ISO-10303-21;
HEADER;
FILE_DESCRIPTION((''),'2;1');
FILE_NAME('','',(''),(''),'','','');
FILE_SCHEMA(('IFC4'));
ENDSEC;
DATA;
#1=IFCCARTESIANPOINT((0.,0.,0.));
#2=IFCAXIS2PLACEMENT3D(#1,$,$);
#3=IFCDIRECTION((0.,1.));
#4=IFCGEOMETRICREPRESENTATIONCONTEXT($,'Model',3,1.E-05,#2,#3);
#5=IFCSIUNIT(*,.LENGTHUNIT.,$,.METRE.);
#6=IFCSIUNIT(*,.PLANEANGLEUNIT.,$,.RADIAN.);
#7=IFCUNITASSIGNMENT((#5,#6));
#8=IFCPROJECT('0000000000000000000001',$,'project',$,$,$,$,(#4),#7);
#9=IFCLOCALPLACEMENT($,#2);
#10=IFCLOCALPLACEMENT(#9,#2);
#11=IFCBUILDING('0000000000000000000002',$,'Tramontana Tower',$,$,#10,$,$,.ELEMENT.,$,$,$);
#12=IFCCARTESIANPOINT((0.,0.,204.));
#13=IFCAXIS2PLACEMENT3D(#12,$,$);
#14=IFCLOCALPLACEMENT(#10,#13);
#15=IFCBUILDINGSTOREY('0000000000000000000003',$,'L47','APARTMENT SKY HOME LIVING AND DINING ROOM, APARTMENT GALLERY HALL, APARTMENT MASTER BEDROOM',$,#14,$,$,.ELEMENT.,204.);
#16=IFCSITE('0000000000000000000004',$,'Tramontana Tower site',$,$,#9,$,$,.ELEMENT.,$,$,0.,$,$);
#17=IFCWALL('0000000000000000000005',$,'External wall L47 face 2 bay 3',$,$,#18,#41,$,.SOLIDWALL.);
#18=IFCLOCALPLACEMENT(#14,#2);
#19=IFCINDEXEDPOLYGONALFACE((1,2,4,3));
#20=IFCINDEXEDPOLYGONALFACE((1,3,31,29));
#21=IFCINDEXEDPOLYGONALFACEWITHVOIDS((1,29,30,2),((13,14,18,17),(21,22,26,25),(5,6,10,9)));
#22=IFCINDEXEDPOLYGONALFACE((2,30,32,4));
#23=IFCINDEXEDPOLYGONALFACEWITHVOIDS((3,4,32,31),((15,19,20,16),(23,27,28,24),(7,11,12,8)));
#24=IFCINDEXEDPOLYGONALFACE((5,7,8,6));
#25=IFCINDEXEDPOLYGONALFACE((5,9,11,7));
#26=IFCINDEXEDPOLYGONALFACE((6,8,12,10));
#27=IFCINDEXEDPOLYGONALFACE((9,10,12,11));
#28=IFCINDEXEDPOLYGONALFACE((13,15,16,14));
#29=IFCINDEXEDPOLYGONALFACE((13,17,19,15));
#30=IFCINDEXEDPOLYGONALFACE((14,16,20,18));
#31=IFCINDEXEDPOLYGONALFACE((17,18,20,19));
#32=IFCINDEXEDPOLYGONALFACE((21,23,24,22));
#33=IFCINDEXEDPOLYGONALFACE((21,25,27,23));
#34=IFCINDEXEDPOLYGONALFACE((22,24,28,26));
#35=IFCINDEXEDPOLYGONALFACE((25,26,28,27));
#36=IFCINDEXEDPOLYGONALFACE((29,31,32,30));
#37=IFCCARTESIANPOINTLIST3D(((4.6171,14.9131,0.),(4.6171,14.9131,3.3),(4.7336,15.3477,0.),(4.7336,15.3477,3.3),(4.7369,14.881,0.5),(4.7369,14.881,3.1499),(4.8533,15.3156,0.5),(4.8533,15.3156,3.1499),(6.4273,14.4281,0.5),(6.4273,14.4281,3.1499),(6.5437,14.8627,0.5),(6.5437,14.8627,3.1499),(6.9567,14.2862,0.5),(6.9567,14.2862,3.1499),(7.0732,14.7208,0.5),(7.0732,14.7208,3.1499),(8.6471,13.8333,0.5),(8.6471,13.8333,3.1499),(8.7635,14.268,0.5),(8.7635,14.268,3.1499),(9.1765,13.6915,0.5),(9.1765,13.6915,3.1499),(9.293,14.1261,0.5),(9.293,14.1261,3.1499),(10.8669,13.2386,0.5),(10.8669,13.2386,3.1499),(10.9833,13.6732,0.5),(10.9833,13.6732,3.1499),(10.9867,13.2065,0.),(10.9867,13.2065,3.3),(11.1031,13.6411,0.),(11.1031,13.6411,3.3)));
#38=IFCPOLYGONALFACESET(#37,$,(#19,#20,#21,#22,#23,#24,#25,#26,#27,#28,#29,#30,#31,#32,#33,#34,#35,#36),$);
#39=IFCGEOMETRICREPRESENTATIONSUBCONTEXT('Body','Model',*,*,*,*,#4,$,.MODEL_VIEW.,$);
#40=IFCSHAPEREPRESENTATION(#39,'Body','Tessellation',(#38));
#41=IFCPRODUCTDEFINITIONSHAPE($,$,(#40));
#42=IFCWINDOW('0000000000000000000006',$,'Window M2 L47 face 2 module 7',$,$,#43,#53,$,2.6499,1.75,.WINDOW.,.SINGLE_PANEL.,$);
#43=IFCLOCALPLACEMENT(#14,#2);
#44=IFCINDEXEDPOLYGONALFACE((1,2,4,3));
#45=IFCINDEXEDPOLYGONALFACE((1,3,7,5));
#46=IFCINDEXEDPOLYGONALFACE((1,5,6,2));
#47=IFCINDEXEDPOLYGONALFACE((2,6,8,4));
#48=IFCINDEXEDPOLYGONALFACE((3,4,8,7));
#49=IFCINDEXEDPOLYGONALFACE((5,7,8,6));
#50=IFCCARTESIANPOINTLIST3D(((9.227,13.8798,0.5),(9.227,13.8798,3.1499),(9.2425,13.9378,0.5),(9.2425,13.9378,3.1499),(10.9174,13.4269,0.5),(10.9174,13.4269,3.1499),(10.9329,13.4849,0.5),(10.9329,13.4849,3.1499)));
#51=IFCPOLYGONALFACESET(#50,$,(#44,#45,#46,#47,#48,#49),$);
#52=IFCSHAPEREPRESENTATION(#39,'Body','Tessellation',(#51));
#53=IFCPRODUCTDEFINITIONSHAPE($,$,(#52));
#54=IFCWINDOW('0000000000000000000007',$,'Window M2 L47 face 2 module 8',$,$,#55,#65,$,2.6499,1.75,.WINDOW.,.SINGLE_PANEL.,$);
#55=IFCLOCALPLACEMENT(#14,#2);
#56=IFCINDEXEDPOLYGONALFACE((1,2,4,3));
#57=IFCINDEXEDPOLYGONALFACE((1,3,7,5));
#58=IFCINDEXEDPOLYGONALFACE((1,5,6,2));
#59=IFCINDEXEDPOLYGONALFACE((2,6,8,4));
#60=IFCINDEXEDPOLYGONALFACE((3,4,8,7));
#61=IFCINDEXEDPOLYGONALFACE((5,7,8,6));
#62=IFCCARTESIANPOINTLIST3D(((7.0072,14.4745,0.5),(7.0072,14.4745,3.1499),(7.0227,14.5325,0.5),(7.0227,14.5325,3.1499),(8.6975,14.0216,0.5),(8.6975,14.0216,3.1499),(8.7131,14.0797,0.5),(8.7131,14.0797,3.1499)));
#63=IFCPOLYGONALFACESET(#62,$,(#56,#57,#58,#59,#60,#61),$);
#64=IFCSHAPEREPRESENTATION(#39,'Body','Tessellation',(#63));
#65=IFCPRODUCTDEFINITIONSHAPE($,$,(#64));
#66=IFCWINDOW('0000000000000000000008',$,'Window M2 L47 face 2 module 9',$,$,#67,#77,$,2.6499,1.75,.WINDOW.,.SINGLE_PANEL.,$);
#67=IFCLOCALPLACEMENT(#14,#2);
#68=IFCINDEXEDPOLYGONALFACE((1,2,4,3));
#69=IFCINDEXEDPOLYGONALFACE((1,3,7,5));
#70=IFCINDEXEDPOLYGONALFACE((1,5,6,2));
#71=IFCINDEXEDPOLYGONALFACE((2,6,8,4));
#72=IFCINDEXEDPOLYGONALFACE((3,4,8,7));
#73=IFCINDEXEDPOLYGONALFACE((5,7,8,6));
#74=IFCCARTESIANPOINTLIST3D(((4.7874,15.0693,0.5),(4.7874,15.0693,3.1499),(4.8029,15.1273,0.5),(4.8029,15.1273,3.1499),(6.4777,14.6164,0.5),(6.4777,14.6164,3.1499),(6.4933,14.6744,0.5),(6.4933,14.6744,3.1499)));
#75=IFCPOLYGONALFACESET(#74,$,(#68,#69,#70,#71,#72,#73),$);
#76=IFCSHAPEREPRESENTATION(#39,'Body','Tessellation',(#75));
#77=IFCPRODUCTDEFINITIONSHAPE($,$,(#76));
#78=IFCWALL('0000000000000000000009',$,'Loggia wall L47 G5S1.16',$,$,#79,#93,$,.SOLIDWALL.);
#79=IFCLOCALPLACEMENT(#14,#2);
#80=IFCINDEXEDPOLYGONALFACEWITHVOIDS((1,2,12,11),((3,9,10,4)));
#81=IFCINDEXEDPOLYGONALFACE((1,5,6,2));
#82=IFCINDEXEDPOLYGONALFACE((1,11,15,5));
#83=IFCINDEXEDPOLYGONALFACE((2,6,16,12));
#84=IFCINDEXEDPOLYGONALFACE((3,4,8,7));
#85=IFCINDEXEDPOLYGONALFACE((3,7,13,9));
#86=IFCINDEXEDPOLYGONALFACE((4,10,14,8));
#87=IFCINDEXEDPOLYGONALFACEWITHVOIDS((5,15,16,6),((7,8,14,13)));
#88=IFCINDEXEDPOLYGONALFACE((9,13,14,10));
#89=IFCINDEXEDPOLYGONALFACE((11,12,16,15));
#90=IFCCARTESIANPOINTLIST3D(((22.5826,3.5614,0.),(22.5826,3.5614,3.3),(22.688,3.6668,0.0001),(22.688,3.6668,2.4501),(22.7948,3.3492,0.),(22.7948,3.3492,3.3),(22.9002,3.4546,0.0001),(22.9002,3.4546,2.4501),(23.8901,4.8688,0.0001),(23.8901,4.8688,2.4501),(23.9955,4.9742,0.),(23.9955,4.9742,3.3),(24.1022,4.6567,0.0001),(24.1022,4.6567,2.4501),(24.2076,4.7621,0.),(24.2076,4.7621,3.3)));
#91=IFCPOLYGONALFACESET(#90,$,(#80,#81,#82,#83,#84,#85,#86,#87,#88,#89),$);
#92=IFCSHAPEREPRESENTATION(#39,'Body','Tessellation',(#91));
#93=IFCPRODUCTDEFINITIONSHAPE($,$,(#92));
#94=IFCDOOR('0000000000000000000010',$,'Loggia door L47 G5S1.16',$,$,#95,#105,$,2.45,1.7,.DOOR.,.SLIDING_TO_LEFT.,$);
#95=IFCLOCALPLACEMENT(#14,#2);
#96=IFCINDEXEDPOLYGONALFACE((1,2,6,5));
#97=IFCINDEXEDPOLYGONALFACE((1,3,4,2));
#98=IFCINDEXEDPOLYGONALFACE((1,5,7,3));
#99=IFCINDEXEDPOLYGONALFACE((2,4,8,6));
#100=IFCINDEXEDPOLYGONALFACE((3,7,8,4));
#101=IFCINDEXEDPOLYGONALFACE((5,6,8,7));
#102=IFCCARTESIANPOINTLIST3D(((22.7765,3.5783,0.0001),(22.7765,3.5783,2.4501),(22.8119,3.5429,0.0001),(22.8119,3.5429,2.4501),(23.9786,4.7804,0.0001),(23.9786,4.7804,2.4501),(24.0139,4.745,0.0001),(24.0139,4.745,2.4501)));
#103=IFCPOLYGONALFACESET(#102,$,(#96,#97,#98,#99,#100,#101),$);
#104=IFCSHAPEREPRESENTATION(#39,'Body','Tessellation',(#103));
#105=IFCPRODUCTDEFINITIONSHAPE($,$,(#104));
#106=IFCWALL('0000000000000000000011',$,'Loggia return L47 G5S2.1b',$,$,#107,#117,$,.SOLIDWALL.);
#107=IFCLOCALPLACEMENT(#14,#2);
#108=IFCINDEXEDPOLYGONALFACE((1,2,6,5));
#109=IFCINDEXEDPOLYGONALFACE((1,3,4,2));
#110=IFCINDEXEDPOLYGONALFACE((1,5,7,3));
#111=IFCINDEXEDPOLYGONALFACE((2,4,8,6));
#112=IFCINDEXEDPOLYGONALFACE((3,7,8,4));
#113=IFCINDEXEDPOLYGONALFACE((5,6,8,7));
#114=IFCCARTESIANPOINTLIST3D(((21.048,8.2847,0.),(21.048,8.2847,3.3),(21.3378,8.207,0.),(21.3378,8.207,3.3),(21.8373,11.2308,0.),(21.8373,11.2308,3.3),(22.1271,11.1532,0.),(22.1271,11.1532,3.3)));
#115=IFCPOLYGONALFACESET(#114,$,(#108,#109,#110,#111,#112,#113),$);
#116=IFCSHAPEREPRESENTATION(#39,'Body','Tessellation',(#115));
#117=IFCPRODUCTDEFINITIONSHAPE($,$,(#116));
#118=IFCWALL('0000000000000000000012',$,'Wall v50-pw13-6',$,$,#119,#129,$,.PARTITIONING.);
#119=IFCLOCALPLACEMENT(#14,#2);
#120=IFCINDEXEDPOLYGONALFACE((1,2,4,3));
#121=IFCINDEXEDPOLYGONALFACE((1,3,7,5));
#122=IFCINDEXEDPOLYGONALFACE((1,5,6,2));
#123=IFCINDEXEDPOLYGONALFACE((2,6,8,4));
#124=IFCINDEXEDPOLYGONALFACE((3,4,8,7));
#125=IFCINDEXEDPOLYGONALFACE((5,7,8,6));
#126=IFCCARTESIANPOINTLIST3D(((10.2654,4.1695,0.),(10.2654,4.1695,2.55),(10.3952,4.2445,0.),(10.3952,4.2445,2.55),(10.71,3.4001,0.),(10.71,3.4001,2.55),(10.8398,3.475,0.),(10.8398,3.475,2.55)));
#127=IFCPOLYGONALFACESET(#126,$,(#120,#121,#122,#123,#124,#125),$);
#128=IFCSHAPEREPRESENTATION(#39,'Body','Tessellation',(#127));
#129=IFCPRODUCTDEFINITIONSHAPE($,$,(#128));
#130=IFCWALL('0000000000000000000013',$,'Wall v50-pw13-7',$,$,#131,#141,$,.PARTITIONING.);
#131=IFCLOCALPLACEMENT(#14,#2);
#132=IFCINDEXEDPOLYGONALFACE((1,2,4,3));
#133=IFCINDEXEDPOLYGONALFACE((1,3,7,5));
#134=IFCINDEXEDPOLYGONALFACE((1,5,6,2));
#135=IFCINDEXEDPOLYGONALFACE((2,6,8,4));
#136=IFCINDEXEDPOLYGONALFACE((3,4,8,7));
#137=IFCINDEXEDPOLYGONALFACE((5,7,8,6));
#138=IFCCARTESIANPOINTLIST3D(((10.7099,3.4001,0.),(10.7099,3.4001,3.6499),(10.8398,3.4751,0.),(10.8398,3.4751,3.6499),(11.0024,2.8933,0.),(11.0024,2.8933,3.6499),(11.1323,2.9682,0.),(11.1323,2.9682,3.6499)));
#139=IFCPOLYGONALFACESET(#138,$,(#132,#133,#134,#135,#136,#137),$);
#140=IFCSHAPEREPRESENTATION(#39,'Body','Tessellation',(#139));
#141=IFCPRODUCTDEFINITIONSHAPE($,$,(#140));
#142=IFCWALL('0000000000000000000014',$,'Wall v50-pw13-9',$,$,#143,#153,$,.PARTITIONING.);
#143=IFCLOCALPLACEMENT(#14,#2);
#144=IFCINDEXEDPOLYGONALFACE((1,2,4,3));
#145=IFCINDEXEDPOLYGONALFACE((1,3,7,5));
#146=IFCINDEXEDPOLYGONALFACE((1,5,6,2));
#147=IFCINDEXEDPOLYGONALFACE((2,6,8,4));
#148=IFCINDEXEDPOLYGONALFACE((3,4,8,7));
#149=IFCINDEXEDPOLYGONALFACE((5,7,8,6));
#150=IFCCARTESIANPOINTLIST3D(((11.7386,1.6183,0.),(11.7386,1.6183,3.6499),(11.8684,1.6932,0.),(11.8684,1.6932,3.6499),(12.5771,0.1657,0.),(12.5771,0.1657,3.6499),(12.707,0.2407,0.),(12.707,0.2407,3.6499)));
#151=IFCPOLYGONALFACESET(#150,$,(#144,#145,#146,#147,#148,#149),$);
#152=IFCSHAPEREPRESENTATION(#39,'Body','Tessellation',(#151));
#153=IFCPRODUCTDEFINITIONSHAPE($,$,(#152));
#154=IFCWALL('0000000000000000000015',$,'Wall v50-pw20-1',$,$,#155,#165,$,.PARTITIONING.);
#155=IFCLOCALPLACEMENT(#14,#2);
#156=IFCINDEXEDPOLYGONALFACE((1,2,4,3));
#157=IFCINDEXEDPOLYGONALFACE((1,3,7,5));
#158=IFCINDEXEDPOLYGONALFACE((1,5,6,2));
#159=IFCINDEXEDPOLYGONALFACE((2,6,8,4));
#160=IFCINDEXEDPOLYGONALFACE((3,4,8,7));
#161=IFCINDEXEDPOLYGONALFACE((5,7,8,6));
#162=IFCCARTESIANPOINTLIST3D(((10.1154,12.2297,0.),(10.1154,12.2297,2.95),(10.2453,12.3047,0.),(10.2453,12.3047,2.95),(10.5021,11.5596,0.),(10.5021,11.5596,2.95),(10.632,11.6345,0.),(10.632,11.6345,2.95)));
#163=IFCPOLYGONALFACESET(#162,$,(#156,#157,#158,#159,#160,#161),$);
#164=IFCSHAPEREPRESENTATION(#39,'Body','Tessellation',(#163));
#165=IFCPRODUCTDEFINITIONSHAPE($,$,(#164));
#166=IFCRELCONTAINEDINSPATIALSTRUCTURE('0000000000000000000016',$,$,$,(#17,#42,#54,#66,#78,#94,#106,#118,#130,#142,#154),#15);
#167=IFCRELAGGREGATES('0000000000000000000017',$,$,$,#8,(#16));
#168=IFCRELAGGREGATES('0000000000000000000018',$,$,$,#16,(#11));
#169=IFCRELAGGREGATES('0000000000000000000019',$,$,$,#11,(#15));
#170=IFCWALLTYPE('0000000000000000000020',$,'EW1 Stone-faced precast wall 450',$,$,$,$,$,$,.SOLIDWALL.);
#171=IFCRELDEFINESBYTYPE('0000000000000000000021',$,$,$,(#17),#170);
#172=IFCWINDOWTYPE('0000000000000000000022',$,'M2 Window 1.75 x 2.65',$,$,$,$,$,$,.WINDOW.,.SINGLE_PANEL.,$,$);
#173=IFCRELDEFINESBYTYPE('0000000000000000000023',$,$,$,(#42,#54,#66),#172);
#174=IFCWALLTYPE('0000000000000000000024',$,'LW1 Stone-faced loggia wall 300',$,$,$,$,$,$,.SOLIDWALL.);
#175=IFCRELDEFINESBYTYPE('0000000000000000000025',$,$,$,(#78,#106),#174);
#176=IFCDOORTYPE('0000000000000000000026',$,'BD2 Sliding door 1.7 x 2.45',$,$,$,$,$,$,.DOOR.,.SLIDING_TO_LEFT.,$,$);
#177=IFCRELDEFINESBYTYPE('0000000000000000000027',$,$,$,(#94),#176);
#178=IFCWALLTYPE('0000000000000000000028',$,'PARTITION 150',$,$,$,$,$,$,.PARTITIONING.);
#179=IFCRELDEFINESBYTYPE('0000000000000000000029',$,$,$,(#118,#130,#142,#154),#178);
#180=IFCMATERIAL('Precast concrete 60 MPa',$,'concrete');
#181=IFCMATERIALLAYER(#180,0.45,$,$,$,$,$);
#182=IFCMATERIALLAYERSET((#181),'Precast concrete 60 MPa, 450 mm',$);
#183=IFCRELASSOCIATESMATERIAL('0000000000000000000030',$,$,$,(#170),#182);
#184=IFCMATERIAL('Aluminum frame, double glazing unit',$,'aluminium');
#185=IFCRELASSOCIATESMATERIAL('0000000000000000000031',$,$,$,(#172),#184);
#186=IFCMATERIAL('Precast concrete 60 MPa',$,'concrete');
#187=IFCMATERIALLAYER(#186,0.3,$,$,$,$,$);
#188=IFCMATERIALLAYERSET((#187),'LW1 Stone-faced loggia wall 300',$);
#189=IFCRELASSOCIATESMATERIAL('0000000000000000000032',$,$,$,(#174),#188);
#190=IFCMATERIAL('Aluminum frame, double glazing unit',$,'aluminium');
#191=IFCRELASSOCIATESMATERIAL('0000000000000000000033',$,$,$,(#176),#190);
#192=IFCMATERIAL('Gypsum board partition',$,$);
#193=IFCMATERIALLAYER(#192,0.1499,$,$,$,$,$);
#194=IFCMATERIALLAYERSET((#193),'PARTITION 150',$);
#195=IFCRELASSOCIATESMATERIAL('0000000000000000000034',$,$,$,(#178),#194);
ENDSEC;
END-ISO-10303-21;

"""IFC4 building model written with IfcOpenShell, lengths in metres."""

from ifc_helpers import new_model, si_unit, direction, frame, frame_2d, origin, place, context, subcontext, project, spatial, rectangle, extrude, material, layer, layer_set, type_object, element, fill, save


model = new_model("IFC4")

# Units and contexts
model_context = context("Model", 3, precision=1e-05, world=origin(), true_north=direction((0.0, 1.0)))
body_context = subcontext(model_context, "Body", "Model", "MODEL_VIEW")
ifc_project = project(units=[si_unit("LENGTHUNIT", "METRE"), si_unit("PLANEANGLEUNIT", "RADIAN")], contexts=[model_context])

# Site, building, storey
site_placement = place(None, origin())
site = spatial("IfcSite", under=ifc_project, at=site_placement, Name="Tramontana Tower site", CompositionType="ELEMENT", RefElevation=0.0)
building_placement = place(site_placement, origin())
building = spatial("IfcBuilding", under=site, at=building_placement, Name="Tramontana Tower", CompositionType="ELEMENT")
storey_placement = place(building_placement, frame((0.0, 0.0, 204.0)))
storey = spatial("IfcBuildingStorey", under=building, at=storey_placement, Name="L47", Description="APARTMENT SKY HOME LIVING AND DINING ROOM, APARTMENT GALLERY HALL, APARTMENT MASTER BEDROOM", CompositionType="ELEMENT", Elevation=204.0)

# Shared definitions
ifc_material_1 = material(Name="Precast concrete 60 MPa", Category="concrete")
ifc_layer_1 = layer(ifc_material_1, 0.45)
ifc_layer_set_1 = layer_set([ifc_layer_1], Name="Precast concrete 60 MPa, 450 mm")
wall_type_1 = type_object("IfcWallType", Name="EW1 Stone-faced precast wall 450", PredefinedType="SOLIDWALL", material=ifc_layer_set_1)
ifc_material_2 = material(Name="Aluminum frame, double glazing unit", Category="aluminium")
window_type_1 = type_object("IfcWindowType", Name="M2 Window 1.75 x 2.65", PartitioningType="SINGLE_PANEL", PredefinedType="WINDOW", material=ifc_material_2)

# Wall, openings, windows
wall_1_placement = place(storey_placement, frame((11.0449, 13.4238, 0.0), z_axis=(0.0, 0.0, 1.0), x_axis=(-0.965933, 0.258792, 0.0)))
wall_1 = element("IfcWall", 1, at=wall_1_placement, inside=storey, type_object=wall_type_1, Name="External wall L47 face 2 bay 3", PredefinedType="SOLIDWALL", context=body_context, shape_type="SweptSolid", body=[
    extrude(rectangle(XDim=6.5942, YDim=0.45, at=frame_2d((3.2971, 0.0))), origin(), (0.0, 0.0, 1.0), 3.3),
])
opening_1_placement = place(wall_1_placement, frame((0.124, 0.0, 0.5)))
opening_1 = element("IfcOpeningElement", 2, at=opening_1_placement, cuts=wall_1, PredefinedType="OPENING", context=body_context, shape_type="SweptSolid", body=[
    extrude(rectangle(XDim=1.75, YDim=2.6499, at=frame_2d((0.875, 1.325))), frame((0.0, 0.2349, 0.0), z_axis=(0.0, -1.0, 0.0), x_axis=(1.0, 0.0, 0.0)), (0.0, 0.0, 1.0), 0.47),
])
opening_2_placement = place(wall_1_placement, frame((2.4221, 0.0, 0.5)))
opening_2 = element("IfcOpeningElement", 3, at=opening_2_placement, cuts=wall_1, PredefinedType="OPENING", context=body_context, shape_type="SweptSolid", body=[
    extrude(rectangle(XDim=1.75, YDim=2.6499, at=frame_2d((0.875, 1.325))), frame((0.0, 0.2349, 0.0), z_axis=(0.0, -1.0, 0.0), x_axis=(1.0, 0.0, 0.0)), (0.0, 0.0, 1.0), 0.47),
])
opening_3_placement = place(wall_1_placement, frame((4.7202, 0.0, 0.5)))
opening_3 = element("IfcOpeningElement", 4, at=opening_3_placement, cuts=wall_1, PredefinedType="OPENING", context=body_context, shape_type="SweptSolid", body=[
    extrude(rectangle(XDim=1.75, YDim=2.6499, at=frame_2d((0.875, 1.325))), frame((0.0, 0.2349, 0.0), z_axis=(0.0, -1.0, 0.0), x_axis=(1.0, 0.0, 0.0)), (0.0, 0.0, 1.0), 0.47),
])
window_1_placement = place(opening_1_placement, origin())
window_1 = element("IfcWindow", 5, at=window_1_placement, inside=storey, type_object=window_type_1, Name="Window M2 L47 face 2 module 7", OverallHeight=2.6499, OverallWidth=1.75, PartitioningType="SINGLE_PANEL", PredefinedType="WINDOW", context=body_context, shape_type="SweptSolid", body=[
    extrude(rectangle(XDim=1.75, YDim=2.6499, at=frame_2d((0.875, 1.325))), frame((0.0, 0.03, 0.0), z_axis=(0.0, -1.0, 0.0), x_axis=(1.0, 0.0, 0.0)), (0.0, 0.0, 1.0), 0.0601),
])
fill(opening_1, window_1)
window_2_placement = place(opening_2_placement, origin())
window_2 = element("IfcWindow", 6, at=window_2_placement, inside=storey, type_object=window_type_1, Name="Window M2 L47 face 2 module 8", OverallHeight=2.6499, OverallWidth=1.75, PartitioningType="SINGLE_PANEL", PredefinedType="WINDOW", context=body_context, shape_type="SweptSolid", body=[
    extrude(rectangle(XDim=1.75, YDim=2.6499, at=frame_2d((0.875, 1.325))), frame((0.0, 0.03, 0.0), z_axis=(0.0, -1.0, 0.0), x_axis=(1.0, 0.0, 0.0)), (0.0, 0.0, 1.0), 0.0601),
])
fill(opening_2, window_2)
window_3_placement = place(opening_3_placement, origin())
window_3 = element("IfcWindow", 7, at=window_3_placement, inside=storey, type_object=window_type_1, Name="Window M2 L47 face 2 module 9", OverallHeight=2.6499, OverallWidth=1.75, PartitioningType="SINGLE_PANEL", PredefinedType="WINDOW", context=body_context, shape_type="SweptSolid", body=[
    extrude(rectangle(XDim=1.75, YDim=2.6499, at=frame_2d((0.875, 1.325))), frame((0.0, 0.03, 0.0), z_axis=(0.0, -1.0, 0.0), x_axis=(1.0, 0.0, 0.0)), (0.0, 0.0, 1.0), 0.0601),
])
fill(opening_3, window_3)

# Wall, opening, door
ifc_material_3 = material(Name="Precast concrete 60 MPa", Category="concrete")
ifc_layer_2 = layer(ifc_material_3, 0.3)
ifc_layer_set_2 = layer_set([ifc_layer_2], Name="LW1 Stone-faced loggia wall 300")
wall_type_2 = type_object("IfcWallType", Name="LW1 Stone-faced loggia wall 300", PredefinedType="SOLIDWALL", material=ifc_layer_set_2)
wall_2_placement = place(storey_placement, frame((22.6887, 3.4553, 0.0), z_axis=(0.0, 0.0, 1.0), x_axis=(0.707107, 0.707107, 0.0)))
wall_2 = element("IfcWall", 8, at=wall_2_placement, inside=storey, type_object=wall_type_2, Name="Loggia wall L47 G5S1.16", PredefinedType="SOLIDWALL", context=body_context, shape_type="SweptSolid", body=[
    extrude(rectangle(XDim=1.998, YDim=0.3, at=frame_2d((0.999, 0.0))), origin(), (0.0, 0.0, 1.0), 3.3),
])
opening_4_placement = place(wall_2_placement, frame((0.1489, 0.0, 0.0)))
opening_4 = element("IfcOpeningElement", 9, at=opening_4_placement, cuts=wall_2, PredefinedType="OPENING", context=body_context, shape_type="SweptSolid", body=[
    extrude(rectangle(XDim=1.7, YDim=2.45, at=frame_2d((0.8501, 1.2251))), frame((0.0, 0.1599, 0.0), z_axis=(0.0, -1.0, 0.0), x_axis=(1.0, 0.0, 0.0)), (0.0, 0.0, 1.0), 0.3201),
])
ifc_material_4 = material(Name="Aluminum frame, double glazing unit", Category="aluminium")
door_type_1 = type_object("IfcDoorType", Name="BD2 Sliding door 1.7 x 2.45", OperationType="SLIDING_TO_LEFT", PredefinedType="DOOR", material=ifc_material_4)
door_1_placement = place(opening_4_placement, origin())
door_1 = element("IfcDoor", 10, at=door_1_placement, inside=storey, type_object=door_type_1, Name="Loggia door L47 G5S1.16", OperationType="SLIDING_TO_LEFT", OverallHeight=2.45, OverallWidth=1.7, PredefinedType="DOOR", context=body_context, shape_type="SweptSolid", body=[
    extrude(rectangle(XDim=1.7, YDim=2.45, at=frame_2d((0.8501, 1.2251))), frame((0.0, 0.0249, 0.0), z_axis=(0.0, -1.0, 0.0), x_axis=(1.0, 0.0, 0.0)), (0.0, 0.0, 1.0), 0.05),
])
fill(opening_4, door_1)

# Walls
wall_3_placement = place(storey_placement, frame((21.9822, 11.1919, 0.0), z_axis=(0.0, 0.0, 1.0), x_axis=(-0.258793, -0.965933, 0.0)))
element("IfcWall", 11, at=wall_3_placement, inside=storey, type_object=wall_type_2, Name="Loggia return L47 G5S2.1b", PredefinedType="SOLIDWALL", context=body_context, shape_type="SweptSolid", body=[
    extrude(rectangle(XDim=3.05, YDim=0.3, at=frame_2d((1.5249, 0.0))), origin(), (0.0, 0.0, 1.0), 3.3),
])
ifc_material_5 = material(Name="Gypsum board partition")
ifc_layer_3 = layer(ifc_material_5, 0.1499)
ifc_layer_set_3 = layer_set([ifc_layer_3], Name="PARTITION 150")
wall_type_3 = type_object("IfcWallType", Name="PARTITION 150", PredefinedType="PARTITIONING", material=ifc_layer_set_3)
wall_4_placement = place(storey_placement, frame((10.3303, 4.207, 0.0), z_axis=(0.0, 0.0, 1.0), x_axis=(0.500246, -0.865884, 0.0)))
element("IfcWall", 12, at=wall_4_placement, inside=storey, type_object=wall_type_3, Name="Wall v50-pw13-6", PredefinedType="PARTITIONING", context=body_context, shape_type="SweptSolid", body=[
    extrude(rectangle(XDim=0.8887, YDim=0.1499, at=frame_2d((0.4443, 0.0))), origin(), (0.0, 0.0, 1.0), 2.55),
])
wall_5_placement = place(storey_placement, frame((10.7749, 3.4375, 0.0), z_axis=(0.0, 0.0, 1.0), x_axis=(0.499819, -0.86613, 0.0)))
element("IfcWall", 13, at=wall_5_placement, inside=storey, type_object=wall_type_3, Name="Wall v50-pw13-7", PredefinedType="PARTITIONING", context=body_context, shape_type="SweptSolid", body=[
    extrude(rectangle(XDim=0.5852, YDim=0.1499, at=frame_2d((0.2925, 0.0))), origin(), (0.0, 0.0, 1.0), 3.6499),
])

# Walls
wall_6_placement = place(storey_placement, frame((11.8035, 1.6558, 0.0), z_axis=(0.0, 0.0, 1.0), x_axis=(0.499974, -0.86604, 0.0)))
element("IfcWall", 14, at=wall_6_placement, inside=storey, type_object=wall_type_3, Name="Wall v50-pw13-9", PredefinedType="PARTITIONING", context=body_context, shape_type="SweptSolid", body=[
    extrude(rectangle(XDim=1.6772, YDim=0.1499, at=frame_2d((0.8386, 0.0))), origin(), (0.0, 0.0, 1.0), 3.6499),
])
wall_7_placement = place(storey_placement, frame((10.1804, 12.2671, 0.0), z_axis=(0.0, 0.0, 1.0), x_axis=(0.499804, -0.866138, 0.0)))
element("IfcWall", 15, at=wall_7_placement, inside=storey, type_object=wall_type_3, Name="Wall v50-pw20-1", PredefinedType="PARTITIONING", context=body_context, shape_type="SweptSolid", body=[
    extrude(rectangle(XDim=0.7737, YDim=0.1499, at=frame_2d((0.3867, 0.0))), origin(), (0.0, 0.0, 1.0), 2.95),
])

save(model, "model.ifc")
